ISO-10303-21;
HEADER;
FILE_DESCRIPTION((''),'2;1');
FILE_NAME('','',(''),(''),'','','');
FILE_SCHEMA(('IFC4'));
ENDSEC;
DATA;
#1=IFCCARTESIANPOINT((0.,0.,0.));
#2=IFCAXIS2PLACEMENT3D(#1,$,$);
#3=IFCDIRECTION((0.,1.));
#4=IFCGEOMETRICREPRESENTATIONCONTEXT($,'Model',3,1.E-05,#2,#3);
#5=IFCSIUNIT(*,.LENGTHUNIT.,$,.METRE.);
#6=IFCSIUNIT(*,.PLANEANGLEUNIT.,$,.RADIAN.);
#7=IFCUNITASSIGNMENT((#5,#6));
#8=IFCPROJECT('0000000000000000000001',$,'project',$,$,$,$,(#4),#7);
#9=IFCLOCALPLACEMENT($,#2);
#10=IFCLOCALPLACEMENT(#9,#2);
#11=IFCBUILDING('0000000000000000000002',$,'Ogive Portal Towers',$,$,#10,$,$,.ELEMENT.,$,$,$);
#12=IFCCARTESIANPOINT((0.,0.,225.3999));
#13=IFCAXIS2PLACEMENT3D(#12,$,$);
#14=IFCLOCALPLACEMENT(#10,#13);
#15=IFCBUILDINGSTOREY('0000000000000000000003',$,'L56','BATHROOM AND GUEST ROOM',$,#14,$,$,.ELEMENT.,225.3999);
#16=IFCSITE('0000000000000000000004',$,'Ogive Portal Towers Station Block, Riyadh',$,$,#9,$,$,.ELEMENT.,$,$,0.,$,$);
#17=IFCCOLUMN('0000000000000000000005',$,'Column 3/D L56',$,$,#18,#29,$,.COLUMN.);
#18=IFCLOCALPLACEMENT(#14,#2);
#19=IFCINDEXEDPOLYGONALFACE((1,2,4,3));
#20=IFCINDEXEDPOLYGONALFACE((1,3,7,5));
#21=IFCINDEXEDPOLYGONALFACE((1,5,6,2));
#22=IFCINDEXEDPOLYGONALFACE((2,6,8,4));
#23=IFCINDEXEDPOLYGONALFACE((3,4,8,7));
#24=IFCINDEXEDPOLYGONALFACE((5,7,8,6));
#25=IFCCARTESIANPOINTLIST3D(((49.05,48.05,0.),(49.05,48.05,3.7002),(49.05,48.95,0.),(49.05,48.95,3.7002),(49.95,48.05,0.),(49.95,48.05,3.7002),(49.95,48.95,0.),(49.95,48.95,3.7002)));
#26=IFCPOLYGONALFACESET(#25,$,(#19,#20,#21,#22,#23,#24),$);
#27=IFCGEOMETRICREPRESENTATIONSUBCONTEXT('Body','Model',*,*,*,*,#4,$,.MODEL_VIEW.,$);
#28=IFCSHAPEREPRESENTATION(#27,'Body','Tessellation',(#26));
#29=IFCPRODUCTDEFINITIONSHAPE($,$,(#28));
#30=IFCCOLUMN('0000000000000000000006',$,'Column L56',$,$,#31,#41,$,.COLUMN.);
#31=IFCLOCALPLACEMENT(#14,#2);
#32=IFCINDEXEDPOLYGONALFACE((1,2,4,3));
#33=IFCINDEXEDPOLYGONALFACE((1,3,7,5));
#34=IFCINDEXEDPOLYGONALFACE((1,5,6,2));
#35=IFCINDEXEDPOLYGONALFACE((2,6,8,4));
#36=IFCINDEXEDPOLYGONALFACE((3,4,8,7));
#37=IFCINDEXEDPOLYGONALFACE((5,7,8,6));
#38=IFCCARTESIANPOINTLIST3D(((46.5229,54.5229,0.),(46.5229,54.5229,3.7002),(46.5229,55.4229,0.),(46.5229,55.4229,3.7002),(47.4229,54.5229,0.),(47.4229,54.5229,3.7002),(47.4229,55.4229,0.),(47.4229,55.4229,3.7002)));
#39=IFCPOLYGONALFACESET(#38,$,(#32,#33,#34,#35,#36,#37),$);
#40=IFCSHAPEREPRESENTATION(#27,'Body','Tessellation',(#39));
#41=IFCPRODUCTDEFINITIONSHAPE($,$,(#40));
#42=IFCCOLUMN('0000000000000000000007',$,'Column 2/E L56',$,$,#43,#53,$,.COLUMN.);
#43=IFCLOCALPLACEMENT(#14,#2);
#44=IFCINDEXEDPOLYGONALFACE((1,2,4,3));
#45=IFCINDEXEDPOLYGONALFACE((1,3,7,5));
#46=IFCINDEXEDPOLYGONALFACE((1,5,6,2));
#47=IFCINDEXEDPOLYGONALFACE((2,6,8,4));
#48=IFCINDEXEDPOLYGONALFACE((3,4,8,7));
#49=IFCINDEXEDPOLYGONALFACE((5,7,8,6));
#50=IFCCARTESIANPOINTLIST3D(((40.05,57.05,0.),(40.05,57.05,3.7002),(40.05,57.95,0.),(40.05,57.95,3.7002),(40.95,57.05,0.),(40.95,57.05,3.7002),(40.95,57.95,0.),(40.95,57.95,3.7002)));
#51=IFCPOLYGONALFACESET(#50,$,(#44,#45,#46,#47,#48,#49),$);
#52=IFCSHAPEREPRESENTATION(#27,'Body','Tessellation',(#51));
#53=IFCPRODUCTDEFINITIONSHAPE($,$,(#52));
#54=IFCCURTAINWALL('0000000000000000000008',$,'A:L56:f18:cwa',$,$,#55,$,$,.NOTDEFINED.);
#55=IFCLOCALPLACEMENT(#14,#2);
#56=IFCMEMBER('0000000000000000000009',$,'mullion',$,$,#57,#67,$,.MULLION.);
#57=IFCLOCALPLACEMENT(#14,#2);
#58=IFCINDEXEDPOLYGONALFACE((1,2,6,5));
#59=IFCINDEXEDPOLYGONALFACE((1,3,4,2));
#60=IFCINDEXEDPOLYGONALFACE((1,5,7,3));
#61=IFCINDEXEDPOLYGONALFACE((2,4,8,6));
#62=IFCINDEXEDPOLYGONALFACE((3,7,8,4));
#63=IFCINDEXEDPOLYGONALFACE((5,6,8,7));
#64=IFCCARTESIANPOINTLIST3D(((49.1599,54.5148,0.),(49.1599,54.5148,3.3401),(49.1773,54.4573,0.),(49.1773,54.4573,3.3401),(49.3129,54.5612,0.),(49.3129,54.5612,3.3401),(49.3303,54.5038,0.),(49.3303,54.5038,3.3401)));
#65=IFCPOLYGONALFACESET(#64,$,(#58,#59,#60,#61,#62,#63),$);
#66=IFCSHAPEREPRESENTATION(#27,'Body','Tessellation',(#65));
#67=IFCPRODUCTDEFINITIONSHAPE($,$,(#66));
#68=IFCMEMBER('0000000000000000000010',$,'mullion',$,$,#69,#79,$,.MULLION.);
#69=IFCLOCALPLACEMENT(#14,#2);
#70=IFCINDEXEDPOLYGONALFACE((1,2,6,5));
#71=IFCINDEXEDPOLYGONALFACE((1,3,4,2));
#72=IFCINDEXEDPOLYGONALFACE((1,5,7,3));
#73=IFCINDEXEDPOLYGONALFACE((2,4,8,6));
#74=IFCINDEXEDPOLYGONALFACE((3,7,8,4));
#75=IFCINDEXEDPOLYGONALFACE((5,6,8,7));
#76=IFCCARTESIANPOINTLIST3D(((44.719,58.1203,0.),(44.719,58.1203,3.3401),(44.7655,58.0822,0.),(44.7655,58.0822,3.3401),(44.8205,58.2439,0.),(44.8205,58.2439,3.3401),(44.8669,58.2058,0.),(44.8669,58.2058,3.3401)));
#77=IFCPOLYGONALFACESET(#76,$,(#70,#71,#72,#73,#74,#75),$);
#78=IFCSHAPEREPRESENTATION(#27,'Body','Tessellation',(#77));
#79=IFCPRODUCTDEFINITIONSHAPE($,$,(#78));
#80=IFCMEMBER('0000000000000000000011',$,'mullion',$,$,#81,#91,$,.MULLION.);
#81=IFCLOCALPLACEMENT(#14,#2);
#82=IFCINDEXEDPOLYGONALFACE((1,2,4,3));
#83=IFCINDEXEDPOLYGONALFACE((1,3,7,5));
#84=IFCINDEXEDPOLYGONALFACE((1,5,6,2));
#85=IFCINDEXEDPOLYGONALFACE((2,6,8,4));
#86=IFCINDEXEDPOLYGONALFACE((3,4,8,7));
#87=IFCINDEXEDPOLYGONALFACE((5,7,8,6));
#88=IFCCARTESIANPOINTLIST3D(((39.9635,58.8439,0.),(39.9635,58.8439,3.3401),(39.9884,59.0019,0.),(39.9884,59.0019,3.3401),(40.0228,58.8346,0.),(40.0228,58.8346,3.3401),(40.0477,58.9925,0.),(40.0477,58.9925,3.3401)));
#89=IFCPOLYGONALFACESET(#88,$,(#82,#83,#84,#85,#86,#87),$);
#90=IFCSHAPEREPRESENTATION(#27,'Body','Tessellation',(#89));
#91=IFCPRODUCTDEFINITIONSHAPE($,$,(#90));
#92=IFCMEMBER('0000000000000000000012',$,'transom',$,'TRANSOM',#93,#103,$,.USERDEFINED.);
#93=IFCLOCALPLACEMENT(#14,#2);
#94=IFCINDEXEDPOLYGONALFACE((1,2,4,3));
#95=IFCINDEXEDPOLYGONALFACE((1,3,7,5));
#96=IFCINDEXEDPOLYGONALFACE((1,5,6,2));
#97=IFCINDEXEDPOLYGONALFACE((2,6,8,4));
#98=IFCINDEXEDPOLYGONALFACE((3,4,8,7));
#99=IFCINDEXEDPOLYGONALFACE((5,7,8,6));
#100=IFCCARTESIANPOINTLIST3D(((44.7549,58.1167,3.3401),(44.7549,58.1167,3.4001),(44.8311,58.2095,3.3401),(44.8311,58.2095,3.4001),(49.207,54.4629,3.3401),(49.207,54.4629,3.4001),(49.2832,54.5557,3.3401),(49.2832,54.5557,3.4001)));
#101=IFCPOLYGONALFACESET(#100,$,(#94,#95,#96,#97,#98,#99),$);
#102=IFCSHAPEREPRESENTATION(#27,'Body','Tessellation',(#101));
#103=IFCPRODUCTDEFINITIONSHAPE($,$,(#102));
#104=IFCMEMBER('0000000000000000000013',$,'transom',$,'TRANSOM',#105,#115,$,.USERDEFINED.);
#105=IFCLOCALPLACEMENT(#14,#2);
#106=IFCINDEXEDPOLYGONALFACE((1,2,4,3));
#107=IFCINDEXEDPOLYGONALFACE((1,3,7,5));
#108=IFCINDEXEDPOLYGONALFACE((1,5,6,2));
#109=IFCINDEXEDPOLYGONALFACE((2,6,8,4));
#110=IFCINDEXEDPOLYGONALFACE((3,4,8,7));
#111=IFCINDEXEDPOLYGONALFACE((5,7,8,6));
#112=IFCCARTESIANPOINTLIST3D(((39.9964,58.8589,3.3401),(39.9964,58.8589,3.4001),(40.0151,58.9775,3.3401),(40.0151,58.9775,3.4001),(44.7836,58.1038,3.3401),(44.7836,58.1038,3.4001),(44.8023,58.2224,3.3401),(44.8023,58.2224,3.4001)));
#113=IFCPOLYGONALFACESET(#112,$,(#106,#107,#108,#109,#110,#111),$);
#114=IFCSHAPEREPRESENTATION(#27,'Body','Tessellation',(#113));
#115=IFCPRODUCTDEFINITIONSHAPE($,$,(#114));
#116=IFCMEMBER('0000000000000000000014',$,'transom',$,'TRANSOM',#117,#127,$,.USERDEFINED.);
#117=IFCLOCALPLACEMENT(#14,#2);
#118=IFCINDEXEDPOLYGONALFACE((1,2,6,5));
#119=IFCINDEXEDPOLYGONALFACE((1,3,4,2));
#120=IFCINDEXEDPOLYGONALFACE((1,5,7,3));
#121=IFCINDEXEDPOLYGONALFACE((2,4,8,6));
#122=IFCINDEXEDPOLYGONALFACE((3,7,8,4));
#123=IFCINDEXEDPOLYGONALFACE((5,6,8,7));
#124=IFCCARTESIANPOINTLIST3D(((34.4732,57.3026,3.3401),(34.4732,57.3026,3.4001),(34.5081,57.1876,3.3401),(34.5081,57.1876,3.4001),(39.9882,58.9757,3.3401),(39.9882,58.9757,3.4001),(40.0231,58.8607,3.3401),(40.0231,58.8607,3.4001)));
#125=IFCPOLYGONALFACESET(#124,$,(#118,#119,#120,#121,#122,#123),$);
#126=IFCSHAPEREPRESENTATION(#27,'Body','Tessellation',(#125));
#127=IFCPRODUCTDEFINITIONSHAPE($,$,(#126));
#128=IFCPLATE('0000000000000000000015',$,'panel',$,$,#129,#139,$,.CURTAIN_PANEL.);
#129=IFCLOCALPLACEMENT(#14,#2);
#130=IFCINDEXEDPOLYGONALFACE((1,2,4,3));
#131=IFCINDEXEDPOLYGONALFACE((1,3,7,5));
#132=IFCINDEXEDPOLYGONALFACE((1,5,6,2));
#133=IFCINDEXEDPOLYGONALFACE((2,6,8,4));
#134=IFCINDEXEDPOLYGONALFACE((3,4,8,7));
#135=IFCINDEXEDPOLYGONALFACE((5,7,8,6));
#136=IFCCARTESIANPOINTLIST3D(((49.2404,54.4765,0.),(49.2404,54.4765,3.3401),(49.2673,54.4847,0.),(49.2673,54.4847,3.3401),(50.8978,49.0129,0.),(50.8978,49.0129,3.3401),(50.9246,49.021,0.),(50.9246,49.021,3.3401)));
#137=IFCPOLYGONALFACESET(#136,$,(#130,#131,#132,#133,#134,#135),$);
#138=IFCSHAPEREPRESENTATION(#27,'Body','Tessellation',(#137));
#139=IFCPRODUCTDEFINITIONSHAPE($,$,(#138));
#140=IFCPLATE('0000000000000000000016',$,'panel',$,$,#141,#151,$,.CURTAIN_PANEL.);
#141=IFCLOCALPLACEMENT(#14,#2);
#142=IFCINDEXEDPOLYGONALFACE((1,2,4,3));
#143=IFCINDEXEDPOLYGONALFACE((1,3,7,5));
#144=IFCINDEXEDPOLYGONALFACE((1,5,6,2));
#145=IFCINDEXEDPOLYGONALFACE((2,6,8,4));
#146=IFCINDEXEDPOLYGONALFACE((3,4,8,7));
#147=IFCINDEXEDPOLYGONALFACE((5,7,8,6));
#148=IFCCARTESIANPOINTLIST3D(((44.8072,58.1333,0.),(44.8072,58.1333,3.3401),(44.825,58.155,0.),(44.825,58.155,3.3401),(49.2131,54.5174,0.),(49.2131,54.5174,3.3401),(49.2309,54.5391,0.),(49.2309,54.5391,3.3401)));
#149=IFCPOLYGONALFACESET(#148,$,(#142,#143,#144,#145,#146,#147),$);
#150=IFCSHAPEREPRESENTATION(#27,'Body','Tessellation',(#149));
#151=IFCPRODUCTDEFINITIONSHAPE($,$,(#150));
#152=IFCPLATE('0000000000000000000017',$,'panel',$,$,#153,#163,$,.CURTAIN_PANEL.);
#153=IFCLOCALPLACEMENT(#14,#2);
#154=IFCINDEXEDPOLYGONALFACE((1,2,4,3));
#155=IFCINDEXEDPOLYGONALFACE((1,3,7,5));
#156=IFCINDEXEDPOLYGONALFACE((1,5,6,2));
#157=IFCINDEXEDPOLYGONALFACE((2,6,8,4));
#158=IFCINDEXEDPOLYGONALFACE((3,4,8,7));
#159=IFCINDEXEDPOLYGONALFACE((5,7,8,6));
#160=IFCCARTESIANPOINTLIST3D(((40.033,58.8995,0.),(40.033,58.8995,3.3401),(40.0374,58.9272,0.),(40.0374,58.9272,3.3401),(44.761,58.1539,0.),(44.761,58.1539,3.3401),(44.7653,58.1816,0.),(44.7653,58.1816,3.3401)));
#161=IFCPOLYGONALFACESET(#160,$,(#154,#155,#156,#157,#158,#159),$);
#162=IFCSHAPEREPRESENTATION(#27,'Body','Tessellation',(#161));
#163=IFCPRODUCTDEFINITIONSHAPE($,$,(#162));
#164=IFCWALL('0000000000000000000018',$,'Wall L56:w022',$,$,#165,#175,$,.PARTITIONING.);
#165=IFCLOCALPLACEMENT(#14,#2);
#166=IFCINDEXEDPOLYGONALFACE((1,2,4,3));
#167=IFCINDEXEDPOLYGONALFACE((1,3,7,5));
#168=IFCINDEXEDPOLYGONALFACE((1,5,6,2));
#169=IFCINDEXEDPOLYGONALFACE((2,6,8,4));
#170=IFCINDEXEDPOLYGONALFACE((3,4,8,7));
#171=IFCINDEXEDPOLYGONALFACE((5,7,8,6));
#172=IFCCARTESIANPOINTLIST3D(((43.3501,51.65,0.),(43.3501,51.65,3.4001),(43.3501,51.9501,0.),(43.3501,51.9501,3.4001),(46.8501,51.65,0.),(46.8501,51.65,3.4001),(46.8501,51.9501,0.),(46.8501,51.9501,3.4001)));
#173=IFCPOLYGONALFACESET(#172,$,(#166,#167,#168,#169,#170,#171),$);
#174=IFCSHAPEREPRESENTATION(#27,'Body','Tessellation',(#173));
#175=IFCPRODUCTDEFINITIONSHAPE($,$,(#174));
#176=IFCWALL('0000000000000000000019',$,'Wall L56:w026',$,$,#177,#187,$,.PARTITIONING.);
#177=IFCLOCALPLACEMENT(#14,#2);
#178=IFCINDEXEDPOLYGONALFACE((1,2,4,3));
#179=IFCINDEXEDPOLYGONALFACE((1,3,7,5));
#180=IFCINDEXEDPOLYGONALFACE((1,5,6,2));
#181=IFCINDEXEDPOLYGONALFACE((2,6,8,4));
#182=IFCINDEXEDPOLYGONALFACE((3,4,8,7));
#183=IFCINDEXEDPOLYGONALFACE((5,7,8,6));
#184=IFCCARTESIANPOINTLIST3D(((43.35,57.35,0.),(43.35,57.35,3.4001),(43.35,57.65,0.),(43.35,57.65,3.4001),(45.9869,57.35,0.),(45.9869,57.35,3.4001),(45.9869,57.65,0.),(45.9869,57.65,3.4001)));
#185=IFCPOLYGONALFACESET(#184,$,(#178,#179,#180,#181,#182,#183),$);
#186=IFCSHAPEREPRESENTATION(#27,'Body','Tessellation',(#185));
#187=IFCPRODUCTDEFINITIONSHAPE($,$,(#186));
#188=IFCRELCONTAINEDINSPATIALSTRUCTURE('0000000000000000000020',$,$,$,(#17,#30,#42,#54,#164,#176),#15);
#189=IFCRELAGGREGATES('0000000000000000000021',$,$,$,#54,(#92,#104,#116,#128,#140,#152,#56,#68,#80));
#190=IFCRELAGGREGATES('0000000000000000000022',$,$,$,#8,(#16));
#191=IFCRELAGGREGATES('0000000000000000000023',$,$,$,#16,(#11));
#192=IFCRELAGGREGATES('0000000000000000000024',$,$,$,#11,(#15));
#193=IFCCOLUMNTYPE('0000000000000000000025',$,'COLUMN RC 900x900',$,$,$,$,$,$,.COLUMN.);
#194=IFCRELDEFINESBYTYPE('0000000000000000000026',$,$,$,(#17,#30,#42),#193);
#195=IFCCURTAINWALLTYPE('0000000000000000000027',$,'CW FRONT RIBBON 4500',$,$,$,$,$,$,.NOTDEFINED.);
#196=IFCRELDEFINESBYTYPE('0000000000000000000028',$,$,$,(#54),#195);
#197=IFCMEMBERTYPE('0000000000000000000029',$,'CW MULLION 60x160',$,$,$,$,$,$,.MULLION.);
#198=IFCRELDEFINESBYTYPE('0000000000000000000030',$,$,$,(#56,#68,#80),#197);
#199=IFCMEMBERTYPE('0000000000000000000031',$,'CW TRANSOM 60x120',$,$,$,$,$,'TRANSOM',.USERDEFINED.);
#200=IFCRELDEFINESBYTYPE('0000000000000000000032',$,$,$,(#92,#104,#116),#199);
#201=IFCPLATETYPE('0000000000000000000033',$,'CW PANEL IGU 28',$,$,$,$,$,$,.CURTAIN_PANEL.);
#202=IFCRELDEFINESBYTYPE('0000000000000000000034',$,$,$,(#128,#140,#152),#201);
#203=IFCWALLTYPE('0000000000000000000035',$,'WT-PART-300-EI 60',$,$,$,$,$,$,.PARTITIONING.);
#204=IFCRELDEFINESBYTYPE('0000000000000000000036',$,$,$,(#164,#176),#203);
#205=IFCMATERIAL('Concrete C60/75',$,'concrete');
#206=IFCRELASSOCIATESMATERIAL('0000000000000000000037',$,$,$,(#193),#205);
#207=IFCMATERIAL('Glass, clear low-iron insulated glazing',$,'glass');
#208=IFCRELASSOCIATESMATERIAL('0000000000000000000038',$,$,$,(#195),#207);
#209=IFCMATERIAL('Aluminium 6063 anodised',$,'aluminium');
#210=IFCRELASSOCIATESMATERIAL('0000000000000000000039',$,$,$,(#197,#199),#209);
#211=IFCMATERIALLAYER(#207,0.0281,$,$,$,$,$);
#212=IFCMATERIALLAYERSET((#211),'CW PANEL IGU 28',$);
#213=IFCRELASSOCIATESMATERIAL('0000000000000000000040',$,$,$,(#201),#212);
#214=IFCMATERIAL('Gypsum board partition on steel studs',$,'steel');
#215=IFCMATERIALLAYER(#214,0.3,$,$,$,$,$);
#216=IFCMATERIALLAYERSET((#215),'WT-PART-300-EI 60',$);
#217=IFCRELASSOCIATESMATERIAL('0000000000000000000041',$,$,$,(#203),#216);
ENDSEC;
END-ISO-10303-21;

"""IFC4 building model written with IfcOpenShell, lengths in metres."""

from ifc_helpers import new_model, si_unit, direction, frame, frame_2d, origin, origin_2d, place, context, subcontext, project, spatial, rectangle, extrude, material, layer, layer_set, material_profile, profile_set, type_object, element, aggregate, save


model = new_model("IFC4")

# Units and contexts
model_context = context("Model", 3, precision=1e-05, world=origin(), true_north=direction((0.0, 1.0)))
body_context = subcontext(model_context, "Body", "Model", "MODEL_VIEW")
ifc_project = project(units=[si_unit("LENGTHUNIT", "METRE"), si_unit("PLANEANGLEUNIT", "RADIAN")], contexts=[model_context])

# Site, building, storey
site_placement = place(None, origin())
site = spatial("IfcSite", under=ifc_project, at=site_placement, Name="Ogive Portal Towers Station Block, Riyadh", CompositionType="ELEMENT", RefElevation=0.0)
building_placement = place(site_placement, origin())
building = spatial("IfcBuilding", under=site, at=building_placement, Name="Ogive Portal Towers", CompositionType="ELEMENT")
storey_placement = place(building_placement, frame((0.0, 0.0, 225.3999)))
storey = spatial("IfcBuildingStorey", under=building, at=storey_placement, Name="L56", Description="BATHROOM AND GUEST ROOM", CompositionType="ELEMENT", Elevation=225.3999)

# Columns
ifc_material_1 = material(Name="Concrete C60/75", Category="concrete")
ifc_material_profile_1 = material_profile(ifc_material_1, rectangle(XDim=0.8999, YDim=0.8999, at=origin_2d()), Name="RC 900x900")
ifc_profile_set_1 = profile_set([ifc_material_profile_1], Name="Concrete C60/75")
column_type = type_object("IfcColumnType", Name="COLUMN RC 900x900", PredefinedType="COLUMN", material=ifc_profile_set_1)
for number, where, z_axis, x_axis, name in (
    (1, (49.5, 48.5, 0.0), (0.0, 0.0, 1.0), (1.0, 0.0, 0.0), "Column 3/D L56"),
    (2, (46.9729, 54.9729, 0.0), (0.0, 0.0, 1.0), (1.0, 0.0, 0.0), "Column L56"),
    (3, (40.5, 57.5, 0.0), (0.0, 0.0, 1.0), (1.0, 0.0, 0.0), "Column 2/E L56"),
):
    element("IfcColumn", number, at=place(storey_placement, frame(where, z_axis=z_axis, x_axis=x_axis)), inside=storey, type_object=column_type, Name=name, PredefinedType="COLUMN", context=body_context, shape_type="SweptSolid", body=[
        extrude(rectangle(XDim=0.8999, YDim=0.8999, at=origin_2d()), origin(), (0.0, 0.0, 1.0), 3.7002),
    ])

# Curtain wall, members, plates
ifc_material_2 = material(Name="Glass, clear low-iron insulated glazing", Category="glass")
curtain_wall_type = type_object("IfcCurtainWallType", Name="CW FRONT RIBBON 4500", PredefinedType="NOTDEFINED", material=ifc_material_2)
curtain_wall_placement = place(storey_placement, origin())
curtain_wall = element("IfcCurtainWall", 4, at=curtain_wall_placement, inside=storey, type_object=curtain_wall_type, Name="A:L56:f18:cwa", PredefinedType="NOTDEFINED")
ifc_material_3 = material(Name="Aluminium 6063 anodised", Category="aluminium")
ifc_material_profile_2 = material_profile(ifc_material_3, rectangle(XDim=0.1599, YDim=0.0601, at=origin_2d()), Name="AL 60x160")
ifc_profile_set_2 = profile_set([ifc_material_profile_2], Name="Aluminium 6063 anodised")
member_type_1 = type_object("IfcMemberType", Name="CW MULLION 60x160", PredefinedType="MULLION", material=ifc_profile_set_2)
member_1_placement = place(storey_placement, frame((49.2451, 54.5093, 0.0), z_axis=(0.0, 0.0, 1.0), x_axis=(-0.95694, -0.290285, 0.0)))
member_1 = element("IfcMember", 5, at=member_1_placement, type_object=member_type_1, Name="mullion", PredefinedType="MULLION", context=body_context, shape_type="SweptSolid", body=[
    extrude(rectangle(XDim=0.1599, YDim=0.0601, at=origin_2d()), origin(), (0.0, 0.0, 1.0), 3.3401),
])
member_2_placement = place(storey_placement, frame((44.793, 58.1631, 0.0), z_axis=(0.0, 0.0, 1.0), x_axis=(-0.634393, -0.77301, 0.0)))
member_2 = element("IfcMember", 6, at=member_2_placement, type_object=member_type_1, Name="mullion", PredefinedType="MULLION", context=body_context, shape_type="SweptSolid", body=[
    extrude(rectangle(XDim=0.1599, YDim=0.0601, at=origin_2d()), origin(), (0.0, 0.0, 1.0), 3.3401),
])
member_3_placement = place(storey_placement, frame((40.0056, 58.9182, 0.0), z_axis=(0.0, 0.0, 1.0), x_axis=(-0.155777, -0.987792, 0.0)))
member_3 = element("IfcMember", 7, at=member_3_placement, type_object=member_type_1, Name="mullion", PredefinedType="MULLION", context=body_context, shape_type="SweptSolid", body=[
    extrude(rectangle(XDim=0.1599, YDim=0.0601, at=origin_2d()), origin(), (0.0, 0.0, 1.0), 3.3401),
])
ifc_material_profile_3 = material_profile(ifc_material_3, rectangle(XDim=0.1201, YDim=0.0601, at=origin_2d()), Name="AL 120x60")
ifc_profile_set_3 = profile_set([ifc_material_profile_3], Name="Aluminium 6063 anodised")
member_type_2 = type_object("IfcMemberType", Name="CW TRANSOM 60x120", ElementType="TRANSOM", PredefinedType="USERDEFINED", material=ifc_profile_set_3)
member_4_placement = place(storey_placement, frame((49.2451, 54.5093, 3.3701), z_axis=(-0.773008, 0.634396, 0.0), x_axis=(-0.634396, -0.773008, 0.0)))
member_4 = element("IfcMember", 8, at=member_4_placement, type_object=member_type_2, Name="transom", ObjectType="TRANSOM", PredefinedType="USERDEFINED", context=body_context, shape_type="SweptSolid", body=[
    extrude(rectangle(XDim=0.1201, YDim=0.0601, at=origin_2d()), origin(), (0.0, 0.0, 1.0), 5.7595),
])
member_5_placement = place(storey_placement, frame((44.793, 58.1631, 3.3701), z_axis=(-0.987787, 0.155807, 0.0), x_axis=(-0.155807, -0.987787, 0.0)))
member_5 = element("IfcMember", 9, at=member_5_placement, type_object=member_type_2, Name="transom", ObjectType="TRANSOM", PredefinedType="USERDEFINED", context=body_context, shape_type="SweptSolid", body=[
    extrude(rectangle(XDim=0.1201, YDim=0.0601, at=origin_2d()), origin(), (0.0, 0.0, 1.0), 4.8464),
])
member_6_placement = place(storey_placement, frame((40.0056, 58.9182, 3.3701), z_axis=(-0.956932, -0.290312, 0.0), x_axis=(0.290312, -0.956932, 0.0)))
member_6 = element("IfcMember", 10, at=member_6_placement, type_object=member_type_2, Name="transom", ObjectType="TRANSOM", PredefinedType="USERDEFINED", context=body_context, shape_type="SweptSolid", body=[
    extrude(rectangle(XDim=0.1201, YDim=0.0601, at=origin_2d()), origin(), (0.0, 0.0, 1.0), 5.7632),
])
ifc_layer_1 = layer(ifc_material_2, 0.0281)
ifc_layer_set_1 = layer_set([ifc_layer_1], Name="CW PANEL IGU 28")
plate_type = type_object("IfcPlateType", Name="CW PANEL IGU 28", PredefinedType="CURTAIN_PANEL", material=ifc_layer_set_1)
plate_1_placement = place(storey_placement, frame((50.0825, 51.7488, 0.0), z_axis=(0.0, 0.0, 1.0), x_axis=(-0.290285, 0.95694, 0.0)))
plate_1 = element("IfcPlate", 11, at=plate_1_placement, type_object=plate_type, Name="panel", PredefinedType="CURTAIN_PANEL", context=body_context, shape_type="SweptSolid", body=[
    extrude(rectangle(XDim=5.7095, YDim=0.0281, at=origin_2d()), origin(), (0.0, 0.0, 1.0), 3.3401),
])
plate_2_placement = place(storey_placement, frame((47.019, 56.3362, 0.0), z_axis=(0.0, 0.0, 1.0), x_axis=(-0.77301, 0.634393, 0.0)))
plate_2 = element("IfcPlate", 12, at=plate_2_placement, type_object=plate_type, Name="panel", PredefinedType="CURTAIN_PANEL", context=body_context, shape_type="SweptSolid", body=[
    extrude(rectangle(XDim=5.6997, YDim=0.0281, at=origin_2d()), origin(), (0.0, 0.0, 1.0), 3.3401),
])
plate_3_placement = place(storey_placement, frame((42.3992, 58.5405, 0.0), z_axis=(0.0, 0.0, 1.0), x_axis=(-0.987792, 0.155777, 0.0)))
plate_3 = element("IfcPlate", 13, at=plate_3_placement, type_object=plate_type, Name="panel", PredefinedType="CURTAIN_PANEL", context=body_context, shape_type="SweptSolid", body=[
    extrude(rectangle(XDim=4.7864, YDim=0.0281, at=origin_2d()), origin(), (0.0, 0.0, 1.0), 3.3401),
])
aggregate(curtain_wall, [member_4, member_5, member_6, plate_1, plate_2, plate_3, member_1, member_2, member_3])

# Walls
ifc_material_4 = material(Name="Gypsum board partition on steel studs", Category="steel")
ifc_layer_2 = layer(ifc_material_4, 0.3)
ifc_layer_set_2 = layer_set([ifc_layer_2], Name="WT-PART-300-EI 60")
wall_type = type_object("IfcWallType", Name="WT-PART-300-EI 60", PredefinedType="PARTITIONING", material=ifc_layer_set_2)
wall_1_placement = place(storey_placement, frame((43.3501, 51.8, 0.0), z_axis=(0.0, 0.0, 1.0), x_axis=(1.0, 0.0, 0.0)))
element("IfcWall", 14, at=wall_1_placement, inside=storey, type_object=wall_type, Name="Wall L56:w022", PredefinedType="PARTITIONING", context=body_context, shape_type="SweptSolid", body=[
    extrude(rectangle(XDim=3.5, YDim=0.3, at=frame_2d((1.75, 0.0))), origin(), (0.0, 0.0, 1.0), 3.4001),
])
wall_2_placement = place(storey_placement, frame((43.3501, 57.5, 0.0), z_axis=(0.0, 0.0, 1.0), x_axis=(1.0, 0.0, 0.0)))
element("IfcWall", 15, at=wall_2_placement, inside=storey, type_object=wall_type, Name="Wall L56:w026", PredefinedType="PARTITIONING", context=body_context, shape_type="SweptSolid", body=[
    extrude(rectangle(XDim=2.637, YDim=0.3, at=frame_2d((1.3184, 0.0))), origin(), (0.0, 0.0, 1.0), 3.4001),
])

save(model, "model.ifc")
